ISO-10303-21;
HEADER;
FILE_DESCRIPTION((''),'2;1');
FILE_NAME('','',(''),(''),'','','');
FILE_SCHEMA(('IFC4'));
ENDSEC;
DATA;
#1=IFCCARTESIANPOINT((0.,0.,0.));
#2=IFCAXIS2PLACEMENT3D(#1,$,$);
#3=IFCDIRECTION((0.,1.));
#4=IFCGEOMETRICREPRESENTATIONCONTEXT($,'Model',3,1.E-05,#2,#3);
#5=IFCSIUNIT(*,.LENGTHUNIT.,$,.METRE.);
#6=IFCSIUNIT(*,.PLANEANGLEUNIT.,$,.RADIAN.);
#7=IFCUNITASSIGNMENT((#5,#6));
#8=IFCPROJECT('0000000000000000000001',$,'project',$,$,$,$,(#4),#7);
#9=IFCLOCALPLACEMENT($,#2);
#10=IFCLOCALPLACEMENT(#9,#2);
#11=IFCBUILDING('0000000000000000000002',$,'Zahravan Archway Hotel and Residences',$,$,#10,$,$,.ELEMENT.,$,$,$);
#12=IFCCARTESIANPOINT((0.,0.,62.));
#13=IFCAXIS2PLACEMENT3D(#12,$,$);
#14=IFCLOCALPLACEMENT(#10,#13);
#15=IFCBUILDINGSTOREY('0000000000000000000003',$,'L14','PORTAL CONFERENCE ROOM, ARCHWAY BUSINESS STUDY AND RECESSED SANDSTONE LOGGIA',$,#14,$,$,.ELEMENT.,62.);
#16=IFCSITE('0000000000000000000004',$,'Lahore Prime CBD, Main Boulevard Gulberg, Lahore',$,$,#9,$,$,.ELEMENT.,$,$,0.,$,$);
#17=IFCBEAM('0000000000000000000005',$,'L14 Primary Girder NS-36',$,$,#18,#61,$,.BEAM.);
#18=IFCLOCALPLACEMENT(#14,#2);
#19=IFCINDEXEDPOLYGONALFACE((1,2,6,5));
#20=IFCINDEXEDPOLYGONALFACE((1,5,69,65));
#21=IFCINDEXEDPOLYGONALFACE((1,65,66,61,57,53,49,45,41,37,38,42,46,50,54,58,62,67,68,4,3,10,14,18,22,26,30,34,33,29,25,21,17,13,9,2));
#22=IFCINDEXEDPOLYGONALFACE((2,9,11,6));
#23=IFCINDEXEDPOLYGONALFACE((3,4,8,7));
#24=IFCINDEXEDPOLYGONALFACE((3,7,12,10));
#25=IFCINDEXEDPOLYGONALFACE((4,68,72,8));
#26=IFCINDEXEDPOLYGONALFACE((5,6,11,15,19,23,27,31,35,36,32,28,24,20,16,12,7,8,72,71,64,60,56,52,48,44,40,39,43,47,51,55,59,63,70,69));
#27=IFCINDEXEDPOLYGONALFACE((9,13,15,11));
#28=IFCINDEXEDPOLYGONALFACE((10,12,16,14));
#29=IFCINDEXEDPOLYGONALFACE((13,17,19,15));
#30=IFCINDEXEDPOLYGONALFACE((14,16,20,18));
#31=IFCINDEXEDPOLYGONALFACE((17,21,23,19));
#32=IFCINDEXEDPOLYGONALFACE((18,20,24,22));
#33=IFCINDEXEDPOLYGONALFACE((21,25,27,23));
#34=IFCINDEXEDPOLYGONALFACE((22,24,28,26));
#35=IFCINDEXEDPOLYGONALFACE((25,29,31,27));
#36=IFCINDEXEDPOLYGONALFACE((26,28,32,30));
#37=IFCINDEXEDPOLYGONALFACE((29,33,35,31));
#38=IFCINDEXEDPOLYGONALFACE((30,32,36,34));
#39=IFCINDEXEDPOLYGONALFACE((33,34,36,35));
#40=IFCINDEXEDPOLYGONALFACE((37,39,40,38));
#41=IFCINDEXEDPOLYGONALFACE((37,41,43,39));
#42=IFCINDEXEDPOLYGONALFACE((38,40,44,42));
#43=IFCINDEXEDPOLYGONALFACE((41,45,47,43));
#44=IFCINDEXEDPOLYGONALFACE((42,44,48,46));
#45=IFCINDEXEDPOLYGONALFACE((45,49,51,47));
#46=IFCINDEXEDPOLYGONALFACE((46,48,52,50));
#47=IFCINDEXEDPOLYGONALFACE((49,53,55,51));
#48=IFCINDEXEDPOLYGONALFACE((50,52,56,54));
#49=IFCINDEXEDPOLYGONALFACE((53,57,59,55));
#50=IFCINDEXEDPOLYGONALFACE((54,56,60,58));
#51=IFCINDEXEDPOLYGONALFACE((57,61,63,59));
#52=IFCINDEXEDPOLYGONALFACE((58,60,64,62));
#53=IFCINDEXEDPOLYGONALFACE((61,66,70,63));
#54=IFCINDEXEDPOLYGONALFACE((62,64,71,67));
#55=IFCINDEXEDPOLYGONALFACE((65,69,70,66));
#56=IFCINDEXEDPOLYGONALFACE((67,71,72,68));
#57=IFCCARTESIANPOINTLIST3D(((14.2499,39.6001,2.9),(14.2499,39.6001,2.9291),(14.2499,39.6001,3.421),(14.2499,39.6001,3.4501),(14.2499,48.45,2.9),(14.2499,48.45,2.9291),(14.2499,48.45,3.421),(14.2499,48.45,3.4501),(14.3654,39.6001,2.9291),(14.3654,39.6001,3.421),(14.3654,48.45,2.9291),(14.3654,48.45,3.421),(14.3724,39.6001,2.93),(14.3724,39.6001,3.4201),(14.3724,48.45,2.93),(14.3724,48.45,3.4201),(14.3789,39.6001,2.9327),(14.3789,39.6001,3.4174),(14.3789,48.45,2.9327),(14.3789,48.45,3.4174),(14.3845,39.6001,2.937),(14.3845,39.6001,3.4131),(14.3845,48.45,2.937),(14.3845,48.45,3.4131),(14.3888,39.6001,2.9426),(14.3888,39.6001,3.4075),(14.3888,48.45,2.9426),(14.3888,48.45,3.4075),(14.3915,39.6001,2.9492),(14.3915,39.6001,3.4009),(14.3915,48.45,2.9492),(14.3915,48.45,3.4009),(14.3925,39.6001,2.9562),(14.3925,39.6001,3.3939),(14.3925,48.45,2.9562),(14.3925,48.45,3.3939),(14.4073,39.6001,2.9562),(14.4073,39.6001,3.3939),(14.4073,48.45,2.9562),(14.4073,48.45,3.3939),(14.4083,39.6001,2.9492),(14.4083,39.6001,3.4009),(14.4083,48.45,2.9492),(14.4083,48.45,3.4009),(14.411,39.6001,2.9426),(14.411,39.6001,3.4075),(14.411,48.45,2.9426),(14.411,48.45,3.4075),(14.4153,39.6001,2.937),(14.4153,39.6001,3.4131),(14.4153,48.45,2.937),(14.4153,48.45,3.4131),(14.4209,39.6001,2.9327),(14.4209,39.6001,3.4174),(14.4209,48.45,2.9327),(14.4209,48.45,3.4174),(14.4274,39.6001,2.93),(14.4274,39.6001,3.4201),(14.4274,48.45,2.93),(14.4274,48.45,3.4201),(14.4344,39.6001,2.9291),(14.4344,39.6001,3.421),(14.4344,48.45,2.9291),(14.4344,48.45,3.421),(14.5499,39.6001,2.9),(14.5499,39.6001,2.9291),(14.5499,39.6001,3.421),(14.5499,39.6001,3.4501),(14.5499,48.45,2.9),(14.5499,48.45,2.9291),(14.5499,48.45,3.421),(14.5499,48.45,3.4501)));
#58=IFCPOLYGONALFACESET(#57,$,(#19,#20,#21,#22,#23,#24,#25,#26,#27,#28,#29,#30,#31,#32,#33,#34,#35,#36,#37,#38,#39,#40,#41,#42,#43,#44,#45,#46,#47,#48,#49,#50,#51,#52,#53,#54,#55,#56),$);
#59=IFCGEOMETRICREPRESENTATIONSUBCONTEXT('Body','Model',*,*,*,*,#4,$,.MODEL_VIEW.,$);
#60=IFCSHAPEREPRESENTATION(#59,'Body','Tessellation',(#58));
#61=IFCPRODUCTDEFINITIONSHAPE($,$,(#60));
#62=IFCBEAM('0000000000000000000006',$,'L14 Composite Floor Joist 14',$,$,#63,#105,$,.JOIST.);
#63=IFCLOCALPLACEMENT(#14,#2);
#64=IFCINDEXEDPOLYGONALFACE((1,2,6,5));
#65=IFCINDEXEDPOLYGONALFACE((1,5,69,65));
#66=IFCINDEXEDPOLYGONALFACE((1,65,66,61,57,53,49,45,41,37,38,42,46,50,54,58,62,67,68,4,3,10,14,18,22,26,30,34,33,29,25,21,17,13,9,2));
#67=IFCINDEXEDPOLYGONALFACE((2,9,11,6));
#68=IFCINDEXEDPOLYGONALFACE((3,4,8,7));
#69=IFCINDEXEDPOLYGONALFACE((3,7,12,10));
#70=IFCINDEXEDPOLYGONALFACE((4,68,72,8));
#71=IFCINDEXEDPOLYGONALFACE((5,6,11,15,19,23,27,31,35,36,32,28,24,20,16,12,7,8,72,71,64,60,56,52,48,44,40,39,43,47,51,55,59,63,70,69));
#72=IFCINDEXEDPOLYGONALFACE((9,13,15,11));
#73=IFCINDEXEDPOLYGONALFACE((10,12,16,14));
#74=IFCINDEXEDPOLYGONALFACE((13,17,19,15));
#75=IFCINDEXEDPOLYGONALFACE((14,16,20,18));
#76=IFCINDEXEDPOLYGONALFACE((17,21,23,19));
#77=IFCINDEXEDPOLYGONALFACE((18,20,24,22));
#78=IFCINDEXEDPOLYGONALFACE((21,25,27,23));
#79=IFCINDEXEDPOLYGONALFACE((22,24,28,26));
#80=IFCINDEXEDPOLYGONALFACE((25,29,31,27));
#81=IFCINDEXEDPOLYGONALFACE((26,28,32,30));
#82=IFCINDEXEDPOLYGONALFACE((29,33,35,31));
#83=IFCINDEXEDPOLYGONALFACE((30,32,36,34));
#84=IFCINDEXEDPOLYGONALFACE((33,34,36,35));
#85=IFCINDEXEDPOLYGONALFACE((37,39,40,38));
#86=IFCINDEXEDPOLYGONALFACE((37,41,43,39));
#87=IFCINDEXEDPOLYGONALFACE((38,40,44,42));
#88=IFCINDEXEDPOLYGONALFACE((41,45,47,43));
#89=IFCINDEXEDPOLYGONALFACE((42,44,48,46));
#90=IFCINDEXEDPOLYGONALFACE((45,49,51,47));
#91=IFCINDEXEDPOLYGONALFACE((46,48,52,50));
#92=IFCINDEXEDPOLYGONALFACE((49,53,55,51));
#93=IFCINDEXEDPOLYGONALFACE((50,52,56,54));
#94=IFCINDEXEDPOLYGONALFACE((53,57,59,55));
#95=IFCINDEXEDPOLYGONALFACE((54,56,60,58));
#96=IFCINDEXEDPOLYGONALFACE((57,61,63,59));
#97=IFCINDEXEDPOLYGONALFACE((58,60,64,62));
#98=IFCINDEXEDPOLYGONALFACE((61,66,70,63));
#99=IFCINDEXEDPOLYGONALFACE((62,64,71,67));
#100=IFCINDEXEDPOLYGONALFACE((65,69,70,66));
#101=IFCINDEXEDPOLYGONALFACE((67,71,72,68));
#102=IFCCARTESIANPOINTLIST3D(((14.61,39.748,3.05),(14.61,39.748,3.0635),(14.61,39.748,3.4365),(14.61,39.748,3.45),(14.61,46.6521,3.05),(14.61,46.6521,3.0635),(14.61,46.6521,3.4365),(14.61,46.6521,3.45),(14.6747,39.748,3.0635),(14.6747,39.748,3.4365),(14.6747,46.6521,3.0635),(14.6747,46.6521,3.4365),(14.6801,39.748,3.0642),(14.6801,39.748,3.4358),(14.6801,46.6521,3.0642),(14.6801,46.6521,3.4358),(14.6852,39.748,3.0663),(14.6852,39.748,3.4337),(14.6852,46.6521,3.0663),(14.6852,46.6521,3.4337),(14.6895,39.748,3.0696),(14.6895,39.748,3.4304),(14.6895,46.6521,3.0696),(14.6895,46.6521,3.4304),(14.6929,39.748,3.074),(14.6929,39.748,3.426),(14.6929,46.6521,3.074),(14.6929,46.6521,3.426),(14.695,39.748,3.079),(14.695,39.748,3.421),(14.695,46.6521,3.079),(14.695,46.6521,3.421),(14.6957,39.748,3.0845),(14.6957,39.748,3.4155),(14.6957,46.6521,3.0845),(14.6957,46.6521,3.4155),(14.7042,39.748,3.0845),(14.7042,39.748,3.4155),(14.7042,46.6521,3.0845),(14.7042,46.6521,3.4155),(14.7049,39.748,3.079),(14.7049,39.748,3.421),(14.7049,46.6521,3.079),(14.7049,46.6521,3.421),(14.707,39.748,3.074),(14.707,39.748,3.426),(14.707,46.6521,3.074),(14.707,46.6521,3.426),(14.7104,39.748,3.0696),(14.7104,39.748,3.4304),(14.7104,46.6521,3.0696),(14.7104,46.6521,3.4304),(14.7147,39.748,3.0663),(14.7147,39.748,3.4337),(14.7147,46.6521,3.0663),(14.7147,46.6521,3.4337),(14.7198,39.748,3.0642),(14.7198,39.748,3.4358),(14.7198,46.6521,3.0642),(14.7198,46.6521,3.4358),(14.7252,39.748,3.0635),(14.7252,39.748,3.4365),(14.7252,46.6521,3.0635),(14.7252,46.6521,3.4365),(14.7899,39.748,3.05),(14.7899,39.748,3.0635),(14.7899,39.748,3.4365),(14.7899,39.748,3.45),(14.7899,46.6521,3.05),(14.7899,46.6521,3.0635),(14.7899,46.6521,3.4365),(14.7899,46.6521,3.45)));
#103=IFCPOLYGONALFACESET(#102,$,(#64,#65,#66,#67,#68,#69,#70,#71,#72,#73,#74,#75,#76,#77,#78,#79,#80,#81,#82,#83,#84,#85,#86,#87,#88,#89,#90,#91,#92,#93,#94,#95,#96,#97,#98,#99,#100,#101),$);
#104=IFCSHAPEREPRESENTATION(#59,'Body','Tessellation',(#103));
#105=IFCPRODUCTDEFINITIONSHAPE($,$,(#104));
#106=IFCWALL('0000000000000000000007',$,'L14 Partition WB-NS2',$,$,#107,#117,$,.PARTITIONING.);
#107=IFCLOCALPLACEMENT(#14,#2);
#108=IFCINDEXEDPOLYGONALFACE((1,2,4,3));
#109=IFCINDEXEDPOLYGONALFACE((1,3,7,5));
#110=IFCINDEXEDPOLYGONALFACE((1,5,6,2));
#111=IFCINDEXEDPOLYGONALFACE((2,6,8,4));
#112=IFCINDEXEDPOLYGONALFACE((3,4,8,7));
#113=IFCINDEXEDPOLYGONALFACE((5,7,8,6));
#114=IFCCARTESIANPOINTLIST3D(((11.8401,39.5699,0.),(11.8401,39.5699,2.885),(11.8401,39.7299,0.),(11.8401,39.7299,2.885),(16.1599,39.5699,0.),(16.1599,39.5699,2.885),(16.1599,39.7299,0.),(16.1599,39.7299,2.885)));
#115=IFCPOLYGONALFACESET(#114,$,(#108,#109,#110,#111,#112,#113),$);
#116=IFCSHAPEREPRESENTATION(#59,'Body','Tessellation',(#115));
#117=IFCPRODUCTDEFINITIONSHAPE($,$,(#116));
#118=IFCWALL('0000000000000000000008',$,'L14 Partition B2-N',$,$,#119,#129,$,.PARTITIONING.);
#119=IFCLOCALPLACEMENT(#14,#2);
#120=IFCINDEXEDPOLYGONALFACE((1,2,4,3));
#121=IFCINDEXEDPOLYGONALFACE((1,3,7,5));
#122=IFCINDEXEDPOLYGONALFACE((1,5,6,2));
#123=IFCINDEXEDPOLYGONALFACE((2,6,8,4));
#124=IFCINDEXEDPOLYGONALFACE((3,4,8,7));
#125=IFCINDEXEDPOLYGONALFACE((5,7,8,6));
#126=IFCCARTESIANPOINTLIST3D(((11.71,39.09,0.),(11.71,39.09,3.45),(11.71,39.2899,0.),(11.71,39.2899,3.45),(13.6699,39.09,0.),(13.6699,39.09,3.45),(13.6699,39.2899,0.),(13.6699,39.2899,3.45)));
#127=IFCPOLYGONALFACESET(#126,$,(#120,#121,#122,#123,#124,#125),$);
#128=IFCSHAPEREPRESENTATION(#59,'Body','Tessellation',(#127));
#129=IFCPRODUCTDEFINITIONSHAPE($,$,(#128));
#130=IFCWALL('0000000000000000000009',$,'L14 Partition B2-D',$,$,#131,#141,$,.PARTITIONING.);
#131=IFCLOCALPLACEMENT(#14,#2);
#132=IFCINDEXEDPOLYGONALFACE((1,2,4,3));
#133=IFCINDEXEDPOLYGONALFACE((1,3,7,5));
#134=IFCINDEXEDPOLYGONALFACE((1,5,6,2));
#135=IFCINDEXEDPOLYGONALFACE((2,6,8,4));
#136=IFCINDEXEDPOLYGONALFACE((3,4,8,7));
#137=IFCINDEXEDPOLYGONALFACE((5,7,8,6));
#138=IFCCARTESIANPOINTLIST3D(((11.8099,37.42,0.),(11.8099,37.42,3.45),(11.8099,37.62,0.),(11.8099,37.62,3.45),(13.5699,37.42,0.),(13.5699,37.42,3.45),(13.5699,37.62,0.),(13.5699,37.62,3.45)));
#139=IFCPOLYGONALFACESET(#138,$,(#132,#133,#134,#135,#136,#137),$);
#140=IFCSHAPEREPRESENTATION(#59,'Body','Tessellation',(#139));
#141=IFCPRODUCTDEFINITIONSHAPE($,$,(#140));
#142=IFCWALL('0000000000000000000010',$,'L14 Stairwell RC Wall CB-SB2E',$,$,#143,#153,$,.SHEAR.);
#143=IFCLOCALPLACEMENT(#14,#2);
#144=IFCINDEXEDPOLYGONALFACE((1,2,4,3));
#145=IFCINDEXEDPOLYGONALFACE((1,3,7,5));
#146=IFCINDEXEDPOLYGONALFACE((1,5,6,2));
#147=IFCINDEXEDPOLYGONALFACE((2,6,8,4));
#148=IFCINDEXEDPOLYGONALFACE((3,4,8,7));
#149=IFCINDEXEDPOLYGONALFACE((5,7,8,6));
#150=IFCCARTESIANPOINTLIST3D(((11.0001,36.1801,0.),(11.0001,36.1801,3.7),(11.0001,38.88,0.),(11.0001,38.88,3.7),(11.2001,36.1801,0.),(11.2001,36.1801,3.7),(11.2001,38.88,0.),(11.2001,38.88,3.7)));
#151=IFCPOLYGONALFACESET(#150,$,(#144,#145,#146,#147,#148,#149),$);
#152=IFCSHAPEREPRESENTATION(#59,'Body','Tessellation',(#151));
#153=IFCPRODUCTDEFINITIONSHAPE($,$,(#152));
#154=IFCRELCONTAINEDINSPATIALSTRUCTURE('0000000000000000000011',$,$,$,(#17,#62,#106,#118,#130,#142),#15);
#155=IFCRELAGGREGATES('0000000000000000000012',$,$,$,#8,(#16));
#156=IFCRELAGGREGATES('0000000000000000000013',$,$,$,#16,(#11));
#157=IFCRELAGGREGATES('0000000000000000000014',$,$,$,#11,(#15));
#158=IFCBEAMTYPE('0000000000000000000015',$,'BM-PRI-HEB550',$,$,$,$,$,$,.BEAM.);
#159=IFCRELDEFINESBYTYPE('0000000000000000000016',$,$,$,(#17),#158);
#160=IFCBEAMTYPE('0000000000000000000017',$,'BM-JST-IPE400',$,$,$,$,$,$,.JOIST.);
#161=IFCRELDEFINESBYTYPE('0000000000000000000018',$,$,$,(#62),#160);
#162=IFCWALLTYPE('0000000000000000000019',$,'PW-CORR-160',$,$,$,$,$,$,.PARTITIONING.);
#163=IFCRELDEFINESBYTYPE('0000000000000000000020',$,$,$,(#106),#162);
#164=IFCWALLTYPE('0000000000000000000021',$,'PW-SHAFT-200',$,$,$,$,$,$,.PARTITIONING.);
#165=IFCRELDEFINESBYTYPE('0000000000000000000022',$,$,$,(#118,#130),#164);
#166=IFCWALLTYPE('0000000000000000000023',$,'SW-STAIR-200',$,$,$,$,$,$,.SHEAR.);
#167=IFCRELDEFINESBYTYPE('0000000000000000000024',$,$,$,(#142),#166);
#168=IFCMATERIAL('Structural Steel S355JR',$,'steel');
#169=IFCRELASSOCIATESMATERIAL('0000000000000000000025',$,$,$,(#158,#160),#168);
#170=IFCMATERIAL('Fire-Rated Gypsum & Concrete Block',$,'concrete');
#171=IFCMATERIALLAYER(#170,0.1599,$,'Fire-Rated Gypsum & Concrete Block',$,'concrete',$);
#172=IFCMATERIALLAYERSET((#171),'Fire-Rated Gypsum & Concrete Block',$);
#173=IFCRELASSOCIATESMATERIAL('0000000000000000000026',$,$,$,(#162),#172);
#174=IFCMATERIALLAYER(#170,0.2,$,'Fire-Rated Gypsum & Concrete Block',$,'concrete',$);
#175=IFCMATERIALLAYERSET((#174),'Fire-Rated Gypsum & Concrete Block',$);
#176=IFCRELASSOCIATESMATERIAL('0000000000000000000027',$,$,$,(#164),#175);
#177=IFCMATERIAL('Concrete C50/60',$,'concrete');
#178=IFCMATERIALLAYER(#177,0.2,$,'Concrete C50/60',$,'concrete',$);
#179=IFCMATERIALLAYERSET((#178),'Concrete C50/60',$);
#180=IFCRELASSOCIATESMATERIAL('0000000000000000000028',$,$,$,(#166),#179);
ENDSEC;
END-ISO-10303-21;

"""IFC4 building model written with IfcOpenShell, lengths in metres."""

from ifc_helpers import new_model, si_unit, direction, frame, frame_2d, origin, origin_2d, place, context, subcontext, project, spatial, rectangle, i_section, extrude, source, transform, mapped, material, layer, layer_set, material_profile, profile_set, type_object, type_shapes, element, save


model = new_model("IFC4")

# Units and contexts
model_context = context("Model", 3, precision=1e-05, world=origin(), true_north=direction((0.0, 1.0)))
body_context = subcontext(model_context, "Body", "Model", "MODEL_VIEW")
ifc_project = project(units=[si_unit("LENGTHUNIT", "METRE"), si_unit("PLANEANGLEUNIT", "RADIAN")], contexts=[model_context])

# Site, building, storey
site_placement = place(None, origin())
site = spatial("IfcSite", under=ifc_project, at=site_placement, Name="Lahore Prime CBD, Main Boulevard Gulberg, Lahore", CompositionType="ELEMENT", RefElevation=0.0)
building_placement = place(site_placement, origin())
building = spatial("IfcBuilding", under=site, at=building_placement, Name="Zahravan Archway Hotel and Residences", CompositionType="ELEMENT")
storey_placement = place(building_placement, frame((0.0, 0.0, 62.0)))
storey = spatial("IfcBuildingStorey", under=building, at=storey_placement, Name="L14", Description="PORTAL CONFERENCE ROOM, ARCHWAY BUSINESS STUDY AND RECESSED SANDSTONE LOGGIA", CompositionType="ELEMENT", Elevation=62.0)

# Beams
ifc_material_1 = material(Name="Structural Steel S355JR", Category="steel")
ifc_material_profile_1 = material_profile(ifc_material_1, i_section(OverallWidth=0.3, OverallDepth=0.55, WebThickness=0.0149, FlangeThickness=0.0291, FilletRadius=0.0271, at=origin_2d()), Name="HEB 550", Category="steel")
ifc_profile_set_1 = profile_set([ifc_material_profile_1], Name="Structural Steel S355JR")
beam_type_1 = type_object("IfcBeamType", Name="BM-PRI-HEB550", PredefinedType="BEAM", material=ifc_profile_set_1)
shared_shape_1 = source(origin(), body_context, "Body", "SweptSolid", [
    extrude(i_section(OverallWidth=0.3, OverallDepth=0.55, WebThickness=0.0149, FlangeThickness=0.0291, FilletRadius=0.0271, at=origin_2d()), origin(), (0.0, 0.0, 1.0), 8.8499),
])
beam_1_placement = place(storey_placement, frame((14.3999, 39.6001, 3.175), z_axis=(0.0, 1.0, 0.0), x_axis=(-1.0, 0.0, 0.0)))
element("IfcBeam", 1, at=beam_1_placement, inside=storey, type_object=beam_type_1, Name="L14 Primary Girder NS-36", PredefinedType="BEAM", context=body_context, shape_type="MappedRepresentation", body=[
    mapped(shared_shape_1, transform((0.0, 0.0, 0.0), scale=1.0)),
])
ifc_material_profile_2 = material_profile(ifc_material_1, i_section(OverallWidth=0.1799, OverallDepth=0.3999, WebThickness=0.0085, FlangeThickness=0.0134, FilletRadius=0.021, at=origin_2d()), Name="IPE 400", Category="steel")
ifc_profile_set_2 = profile_set([ifc_material_profile_2], Name="Structural Steel S355JR")
beam_type_2 = type_object("IfcBeamType", Name="BM-JST-IPE400", PredefinedType="JOIST", material=ifc_profile_set_2)
shared_shape_2 = source(origin(), body_context, "Body", "SweptSolid", [
    extrude(i_section(OverallWidth=0.1799, OverallDepth=0.3999, WebThickness=0.0085, FlangeThickness=0.0134, FilletRadius=0.021, at=origin_2d()), origin(), (0.0, 0.0, 1.0), 6.9041),
])
type_shapes(beam_type_2, [shared_shape_2])
beam_2_placement = place(storey_placement, frame((14.7, 39.748, 3.25), z_axis=(0.0, 1.0, 0.0), x_axis=(-1.0, 0.0, 0.0)))
element("IfcBeam", 2, at=beam_2_placement, inside=storey, type_object=beam_type_2, Name="L14 Composite Floor Joist 14", PredefinedType="JOIST", context=body_context, shape_type="MappedRepresentation", body=[
    mapped(shared_shape_2, transform((0.0, 0.0, 0.0), scale=1.0)),
])

# Shared definitions
ifc_material_2 = material(Name="Fire-Rated Gypsum & Concrete Block", Category="concrete")
ifc_layer_1 = layer(ifc_material_2, 0.1599, Name="Fire-Rated Gypsum & Concrete Block", Category="concrete")
ifc_layer_set_1 = layer_set([ifc_layer_1], Name="Fire-Rated Gypsum & Concrete Block")
wall_type_1 = type_object("IfcWallType", Name="PW-CORR-160", PredefinedType="PARTITIONING", material=ifc_layer_set_1)

# Walls
wall_1_placement = place(storey_placement, frame((11.8401, 39.6499, 0.0), z_axis=(0.0, 0.0, 1.0), x_axis=(1.0, 0.0, 0.0)))
element("IfcWall", 3, at=wall_1_placement, inside=storey, type_object=wall_type_1, Name="L14 Partition WB-NS2", PredefinedType="PARTITIONING", context=body_context, shape_type="SweptSolid", body=[
    extrude(rectangle(XDim=4.3198, YDim=0.1599, at=frame_2d((2.1599, 0.0))), origin(), (0.0, 0.0, 1.0), 2.885),
])
ifc_layer_2 = layer(ifc_material_2, 0.2, Name="Fire-Rated Gypsum & Concrete Block", Category="concrete")
ifc_layer_set_2 = layer_set([ifc_layer_2], Name="Fire-Rated Gypsum & Concrete Block")
wall_type_2 = type_object("IfcWallType", Name="PW-SHAFT-200", PredefinedType="PARTITIONING", material=ifc_layer_set_2)
wall_2_placement = place(storey_placement, frame((11.71, 39.1899, 0.0), z_axis=(0.0, 0.0, 1.0), x_axis=(1.0, 0.0, 0.0)))
element("IfcWall", 4, at=wall_2_placement, inside=storey, type_object=wall_type_2, Name="L14 Partition B2-N", PredefinedType="PARTITIONING", context=body_context, shape_type="SweptSolid", body=[
    extrude(rectangle(XDim=1.96, YDim=0.2, at=frame_2d((0.98, 0.0))), origin(), (0.0, 0.0, 1.0), 3.45),
])
wall_3_placement = place(storey_placement, frame((11.8101, 37.52, 0.0), z_axis=(0.0, 0.0, 1.0), x_axis=(1.0, 0.0, 0.0)))
element("IfcWall", 5, at=wall_3_placement, inside=storey, type_object=wall_type_2, Name="L14 Partition B2-D", PredefinedType="PARTITIONING", context=body_context, shape_type="SweptSolid", body=[
    extrude(rectangle(XDim=1.76, YDim=0.2, at=frame_2d((0.8799, 0.0))), origin(), (0.0, 0.0, 1.0), 3.45),
])
ifc_material_3 = material(Name="Concrete C50/60", Category="concrete")
ifc_layer_3 = layer(ifc_material_3, 0.2, Name="Concrete C50/60", Category="concrete")
ifc_layer_set_3 = layer_set([ifc_layer_3], Name="Concrete C50/60")
wall_type_3 = type_object("IfcWallType", Name="SW-STAIR-200", PredefinedType="SHEAR", material=ifc_layer_set_3)
wall_4_placement = place(storey_placement, frame((11.1001, 36.1799, 0.0), z_axis=(0.0, 0.0, 1.0), x_axis=(0.0, 1.0, 0.0)))
element("IfcWall", 6, at=wall_4_placement, inside=storey, type_object=wall_type_3, Name="L14 Stairwell RC Wall CB-SB2E", PredefinedType="SHEAR", context=body_context, shape_type="SweptSolid", body=[
    extrude(rectangle(XDim=2.7, YDim=0.2, at=frame_2d((1.3501, 0.0))), origin(), (0.0, 0.0, 1.0), 3.7),
])

save(model, "model.ifc")
